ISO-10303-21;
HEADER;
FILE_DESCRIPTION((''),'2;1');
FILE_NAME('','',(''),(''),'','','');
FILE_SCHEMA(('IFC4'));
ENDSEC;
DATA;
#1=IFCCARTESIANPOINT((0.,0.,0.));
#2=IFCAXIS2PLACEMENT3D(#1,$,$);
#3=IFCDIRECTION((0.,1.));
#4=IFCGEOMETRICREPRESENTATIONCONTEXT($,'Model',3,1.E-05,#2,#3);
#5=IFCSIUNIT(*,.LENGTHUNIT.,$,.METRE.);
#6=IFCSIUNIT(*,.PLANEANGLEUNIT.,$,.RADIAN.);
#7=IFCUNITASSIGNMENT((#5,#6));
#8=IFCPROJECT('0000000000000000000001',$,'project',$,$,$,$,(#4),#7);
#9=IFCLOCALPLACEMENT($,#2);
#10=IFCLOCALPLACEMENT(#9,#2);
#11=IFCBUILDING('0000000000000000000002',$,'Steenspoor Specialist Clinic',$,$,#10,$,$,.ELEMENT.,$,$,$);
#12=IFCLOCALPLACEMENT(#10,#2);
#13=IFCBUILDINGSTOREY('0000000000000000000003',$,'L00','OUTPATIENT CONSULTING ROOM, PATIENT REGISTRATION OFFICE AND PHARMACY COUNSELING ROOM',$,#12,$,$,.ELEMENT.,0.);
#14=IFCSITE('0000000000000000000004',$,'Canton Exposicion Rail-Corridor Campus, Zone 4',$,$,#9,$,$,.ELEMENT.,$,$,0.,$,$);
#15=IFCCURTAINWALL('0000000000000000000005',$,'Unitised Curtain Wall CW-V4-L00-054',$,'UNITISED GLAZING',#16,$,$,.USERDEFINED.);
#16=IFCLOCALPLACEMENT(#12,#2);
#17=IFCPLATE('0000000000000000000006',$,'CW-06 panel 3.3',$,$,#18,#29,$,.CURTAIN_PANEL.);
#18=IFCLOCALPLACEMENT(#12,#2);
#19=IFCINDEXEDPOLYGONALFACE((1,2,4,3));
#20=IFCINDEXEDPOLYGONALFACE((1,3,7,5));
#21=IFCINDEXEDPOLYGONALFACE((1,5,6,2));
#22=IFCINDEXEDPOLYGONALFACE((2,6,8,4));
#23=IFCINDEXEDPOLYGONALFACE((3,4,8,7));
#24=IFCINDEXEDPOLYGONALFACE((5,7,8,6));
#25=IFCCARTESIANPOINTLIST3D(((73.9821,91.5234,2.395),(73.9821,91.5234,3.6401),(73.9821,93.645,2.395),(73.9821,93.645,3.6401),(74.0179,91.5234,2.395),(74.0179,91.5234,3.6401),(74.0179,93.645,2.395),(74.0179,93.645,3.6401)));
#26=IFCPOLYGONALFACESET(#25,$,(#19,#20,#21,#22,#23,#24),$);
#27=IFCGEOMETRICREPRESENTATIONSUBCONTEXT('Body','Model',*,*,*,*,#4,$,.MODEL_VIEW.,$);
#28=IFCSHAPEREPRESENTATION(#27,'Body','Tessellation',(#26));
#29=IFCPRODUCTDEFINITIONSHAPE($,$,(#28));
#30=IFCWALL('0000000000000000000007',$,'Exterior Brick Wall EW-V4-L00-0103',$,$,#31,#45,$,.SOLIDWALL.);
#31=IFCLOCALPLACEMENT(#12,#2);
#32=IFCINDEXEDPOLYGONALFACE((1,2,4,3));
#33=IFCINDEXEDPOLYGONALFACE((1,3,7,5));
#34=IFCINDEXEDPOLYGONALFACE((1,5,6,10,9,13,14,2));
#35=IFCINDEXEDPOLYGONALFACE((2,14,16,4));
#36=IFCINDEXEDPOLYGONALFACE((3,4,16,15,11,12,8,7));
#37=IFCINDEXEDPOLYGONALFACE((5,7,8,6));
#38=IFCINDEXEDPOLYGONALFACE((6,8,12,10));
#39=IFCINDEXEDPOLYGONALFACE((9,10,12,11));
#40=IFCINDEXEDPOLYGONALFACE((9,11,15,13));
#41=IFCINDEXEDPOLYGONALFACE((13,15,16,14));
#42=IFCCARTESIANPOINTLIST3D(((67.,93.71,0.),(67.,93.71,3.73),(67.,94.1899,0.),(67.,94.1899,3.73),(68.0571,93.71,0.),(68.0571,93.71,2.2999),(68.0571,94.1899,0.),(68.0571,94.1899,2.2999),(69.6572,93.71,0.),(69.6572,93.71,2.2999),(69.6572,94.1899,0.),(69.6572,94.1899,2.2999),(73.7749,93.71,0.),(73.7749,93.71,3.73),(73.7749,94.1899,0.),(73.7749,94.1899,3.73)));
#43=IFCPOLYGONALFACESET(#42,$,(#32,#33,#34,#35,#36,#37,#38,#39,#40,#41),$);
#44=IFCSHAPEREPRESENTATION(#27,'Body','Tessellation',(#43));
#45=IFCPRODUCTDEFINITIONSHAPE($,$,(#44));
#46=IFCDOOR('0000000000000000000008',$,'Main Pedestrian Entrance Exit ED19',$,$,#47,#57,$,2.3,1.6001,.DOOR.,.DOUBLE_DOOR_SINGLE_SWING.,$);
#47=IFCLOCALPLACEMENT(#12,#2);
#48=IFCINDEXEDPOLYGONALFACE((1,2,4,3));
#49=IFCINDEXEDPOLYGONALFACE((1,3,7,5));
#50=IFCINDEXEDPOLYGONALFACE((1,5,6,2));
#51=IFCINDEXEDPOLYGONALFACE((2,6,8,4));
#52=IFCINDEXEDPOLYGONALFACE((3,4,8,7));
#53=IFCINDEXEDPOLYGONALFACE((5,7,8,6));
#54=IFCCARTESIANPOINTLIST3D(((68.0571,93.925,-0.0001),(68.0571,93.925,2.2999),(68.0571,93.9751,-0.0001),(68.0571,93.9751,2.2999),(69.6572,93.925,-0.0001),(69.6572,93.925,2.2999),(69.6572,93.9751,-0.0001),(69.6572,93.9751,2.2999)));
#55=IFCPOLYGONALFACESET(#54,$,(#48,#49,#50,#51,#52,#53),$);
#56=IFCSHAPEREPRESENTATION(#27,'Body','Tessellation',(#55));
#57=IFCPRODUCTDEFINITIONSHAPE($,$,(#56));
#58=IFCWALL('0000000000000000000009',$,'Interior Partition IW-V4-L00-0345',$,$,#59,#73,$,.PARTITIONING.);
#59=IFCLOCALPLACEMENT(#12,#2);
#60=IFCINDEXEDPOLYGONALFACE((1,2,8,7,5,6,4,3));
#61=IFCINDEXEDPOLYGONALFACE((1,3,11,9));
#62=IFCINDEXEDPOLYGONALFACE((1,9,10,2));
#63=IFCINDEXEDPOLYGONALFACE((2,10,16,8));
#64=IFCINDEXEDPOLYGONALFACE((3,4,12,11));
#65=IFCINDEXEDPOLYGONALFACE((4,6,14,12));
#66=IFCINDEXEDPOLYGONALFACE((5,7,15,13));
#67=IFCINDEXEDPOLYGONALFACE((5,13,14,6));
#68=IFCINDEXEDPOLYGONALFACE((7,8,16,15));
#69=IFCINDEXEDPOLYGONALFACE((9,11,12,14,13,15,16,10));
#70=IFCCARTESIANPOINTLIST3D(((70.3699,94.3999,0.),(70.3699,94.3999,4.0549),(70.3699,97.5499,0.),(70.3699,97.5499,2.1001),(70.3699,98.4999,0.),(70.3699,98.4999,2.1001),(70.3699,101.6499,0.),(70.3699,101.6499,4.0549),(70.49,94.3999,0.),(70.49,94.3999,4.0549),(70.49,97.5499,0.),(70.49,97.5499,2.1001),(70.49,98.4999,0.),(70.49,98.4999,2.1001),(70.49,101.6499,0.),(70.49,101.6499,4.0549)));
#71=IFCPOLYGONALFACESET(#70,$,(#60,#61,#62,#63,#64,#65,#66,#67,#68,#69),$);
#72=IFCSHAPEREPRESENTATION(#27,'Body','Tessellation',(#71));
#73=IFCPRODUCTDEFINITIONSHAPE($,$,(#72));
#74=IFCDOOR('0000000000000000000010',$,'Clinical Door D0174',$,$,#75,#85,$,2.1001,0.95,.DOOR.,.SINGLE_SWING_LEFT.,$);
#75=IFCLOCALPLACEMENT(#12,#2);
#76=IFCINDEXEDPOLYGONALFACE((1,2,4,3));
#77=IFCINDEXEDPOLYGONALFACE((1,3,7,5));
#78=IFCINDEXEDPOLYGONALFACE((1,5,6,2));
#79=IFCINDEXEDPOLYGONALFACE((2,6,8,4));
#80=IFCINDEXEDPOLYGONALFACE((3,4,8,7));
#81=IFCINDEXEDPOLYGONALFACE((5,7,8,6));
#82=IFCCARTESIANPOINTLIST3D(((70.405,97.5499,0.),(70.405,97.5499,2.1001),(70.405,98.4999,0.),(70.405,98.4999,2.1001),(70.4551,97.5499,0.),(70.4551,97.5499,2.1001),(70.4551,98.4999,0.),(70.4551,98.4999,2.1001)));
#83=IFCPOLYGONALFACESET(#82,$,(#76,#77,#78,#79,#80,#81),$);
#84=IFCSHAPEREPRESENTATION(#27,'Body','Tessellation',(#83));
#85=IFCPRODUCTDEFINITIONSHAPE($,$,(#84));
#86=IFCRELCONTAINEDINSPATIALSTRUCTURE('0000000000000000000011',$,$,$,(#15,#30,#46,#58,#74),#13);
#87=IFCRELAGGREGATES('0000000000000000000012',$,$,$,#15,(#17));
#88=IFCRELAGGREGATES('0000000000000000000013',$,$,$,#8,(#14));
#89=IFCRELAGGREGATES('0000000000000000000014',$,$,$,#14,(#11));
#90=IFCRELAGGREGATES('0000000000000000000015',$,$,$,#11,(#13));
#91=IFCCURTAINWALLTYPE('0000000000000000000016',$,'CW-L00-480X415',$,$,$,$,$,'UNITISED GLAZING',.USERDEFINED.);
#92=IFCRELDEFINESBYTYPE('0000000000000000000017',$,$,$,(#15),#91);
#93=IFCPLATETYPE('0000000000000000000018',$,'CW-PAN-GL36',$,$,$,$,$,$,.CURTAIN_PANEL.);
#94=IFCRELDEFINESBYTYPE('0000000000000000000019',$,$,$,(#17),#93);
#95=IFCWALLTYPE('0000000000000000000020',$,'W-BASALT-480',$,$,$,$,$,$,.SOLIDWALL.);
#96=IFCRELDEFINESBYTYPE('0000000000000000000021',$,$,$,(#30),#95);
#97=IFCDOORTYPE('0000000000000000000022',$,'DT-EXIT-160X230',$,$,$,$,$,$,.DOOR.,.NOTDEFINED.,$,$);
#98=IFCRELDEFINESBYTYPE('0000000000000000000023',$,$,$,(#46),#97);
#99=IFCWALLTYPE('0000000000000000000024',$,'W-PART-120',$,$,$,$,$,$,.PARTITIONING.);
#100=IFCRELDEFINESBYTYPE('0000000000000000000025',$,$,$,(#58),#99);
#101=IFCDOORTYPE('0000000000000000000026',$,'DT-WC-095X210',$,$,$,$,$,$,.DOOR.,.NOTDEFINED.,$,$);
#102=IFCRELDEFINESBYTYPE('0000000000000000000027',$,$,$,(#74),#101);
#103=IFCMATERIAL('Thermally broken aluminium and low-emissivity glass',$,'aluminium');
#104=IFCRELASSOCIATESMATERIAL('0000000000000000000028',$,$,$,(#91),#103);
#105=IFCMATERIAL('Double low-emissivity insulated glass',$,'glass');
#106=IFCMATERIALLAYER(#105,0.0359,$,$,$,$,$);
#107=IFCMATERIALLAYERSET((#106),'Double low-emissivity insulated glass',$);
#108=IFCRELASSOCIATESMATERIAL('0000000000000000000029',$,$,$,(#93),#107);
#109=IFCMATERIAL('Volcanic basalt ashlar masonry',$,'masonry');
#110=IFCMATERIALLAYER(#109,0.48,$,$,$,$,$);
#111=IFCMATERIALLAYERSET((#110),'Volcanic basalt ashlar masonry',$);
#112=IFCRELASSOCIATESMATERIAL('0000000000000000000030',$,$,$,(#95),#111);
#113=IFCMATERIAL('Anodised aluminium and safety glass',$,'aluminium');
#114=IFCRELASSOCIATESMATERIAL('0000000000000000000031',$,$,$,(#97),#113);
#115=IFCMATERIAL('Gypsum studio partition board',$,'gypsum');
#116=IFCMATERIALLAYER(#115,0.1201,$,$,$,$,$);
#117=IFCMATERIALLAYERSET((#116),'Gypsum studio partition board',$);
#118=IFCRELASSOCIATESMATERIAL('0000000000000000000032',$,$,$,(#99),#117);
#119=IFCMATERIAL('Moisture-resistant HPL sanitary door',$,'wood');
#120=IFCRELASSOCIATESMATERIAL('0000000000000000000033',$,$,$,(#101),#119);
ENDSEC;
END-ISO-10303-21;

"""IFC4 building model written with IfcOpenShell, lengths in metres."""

from ifc_helpers import new_model, si_unit, direction, frame, frame_2d, origin, origin_2d, place, context, subcontext, project, spatial, rectangle, extrude, material, layer, layer_set, type_object, element, fill, aggregate, save


model = new_model("IFC4")

# Units and contexts
model_context = context("Model", 3, precision=1e-05, world=origin(), true_north=direction((0.0, 1.0)))
body_context = subcontext(model_context, "Body", "Model", "MODEL_VIEW")
ifc_project = project(units=[si_unit("LENGTHUNIT", "METRE"), si_unit("PLANEANGLEUNIT", "RADIAN")], contexts=[model_context])

# Site, building, storey
site_placement = place(None, origin())
site = spatial("IfcSite", under=ifc_project, at=site_placement, Name="Canton Exposicion Rail-Corridor Campus, Zone 4", CompositionType="ELEMENT", RefElevation=0.0)
building_placement = place(site_placement, origin())
building = spatial("IfcBuilding", under=site, at=building_placement, Name="Steenspoor Specialist Clinic", CompositionType="ELEMENT")
storey_placement = place(building_placement, origin())
storey = spatial("IfcBuildingStorey", under=building, at=storey_placement, Name="L00", Description="OUTPATIENT CONSULTING ROOM, PATIENT REGISTRATION OFFICE AND PHARMACY COUNSELING ROOM", CompositionType="ELEMENT", Elevation=0.0)

# Curtain wall, plate
ifc_material_1 = material(Name="Thermally broken aluminium and low-emissivity glass", Category="aluminium")
curtain_wall_type = type_object("IfcCurtainWallType", Name="CW-L00-480X415", ElementType="UNITISED GLAZING", PredefinedType="USERDEFINED", material=ifc_material_1)
curtain_wall_placement = place(storey_placement, origin())
curtain_wall = element("IfcCurtainWall", 1, at=curtain_wall_placement, inside=storey, type_object=curtain_wall_type, Name="Unitised Curtain Wall CW-V4-L00-054", ObjectType="UNITISED GLAZING", PredefinedType="USERDEFINED")
ifc_material_2 = material(Name="Double low-emissivity insulated glass", Category="glass")
ifc_layer_1 = layer(ifc_material_2, 0.0359)
ifc_layer_set_1 = layer_set([ifc_layer_1], Name="Double low-emissivity insulated glass")
plate_type = type_object("IfcPlateType", Name="CW-PAN-GL36", PredefinedType="CURTAIN_PANEL", material=ifc_layer_set_1)
plate_1_placement = place(storey_placement, frame((74.0, 92.5842, 2.395), z_axis=(0.0, 0.0, 1.0), x_axis=(0.0, 1.0, 0.0)))
plate_1 = element("IfcPlate", 2, at=plate_1_placement, type_object=plate_type, Name="CW-06 panel 3.3", PredefinedType="CURTAIN_PANEL", context=body_context, shape_type="SweptSolid", body=[
    extrude(rectangle(XDim=2.1216, YDim=0.0359, at=origin_2d()), origin(), (0.0, 0.0, 1.0), 1.2451),
])
aggregate(curtain_wall, [plate_1])

# Walls, openings, doors
ifc_material_3 = material(Name="Volcanic basalt ashlar masonry", Category="masonry")
ifc_layer_2 = layer(ifc_material_3, 0.48)
ifc_layer_set_2 = layer_set([ifc_layer_2], Name="Volcanic basalt ashlar masonry")
wall_type_1 = type_object("IfcWallType", Name="W-BASALT-480", PredefinedType="SOLIDWALL", material=ifc_layer_set_2)
wall_1_placement = place(storey_placement, frame((73.7749, 93.95, 0.0), z_axis=(0.0, 0.0, 1.0), x_axis=(-1.0, 0.0, 0.0)))
wall_1 = element("IfcWall", 3, at=wall_1_placement, inside=storey, type_object=wall_type_1, Name="Exterior Brick Wall EW-V4-L00-0103", PredefinedType="SOLIDWALL", context=body_context, shape_type="SweptSolid", body=[
    extrude(rectangle(XDim=6.7749, YDim=0.48, at=frame_2d((3.3875, 0.0))), origin(), (0.0, 0.0, 1.0), 3.73),
])
opening_1_placement = place(wall_1_placement, frame((4.1177, 0.0, 0.0)))
opening_1 = element("IfcOpeningElement", 4, at=opening_1_placement, cuts=wall_1, PredefinedType="OPENING", context=body_context, shape_type="SweptSolid", body=[
    extrude(rectangle(XDim=1.6001, YDim=2.3, at=frame_2d((0.8, 1.1499))), frame((0.0, 0.25, 0.0), z_axis=(0.0, -1.0, 0.0), x_axis=(1.0, 0.0, 0.0)), (0.0, 0.0, 1.0), 0.5),
])
ifc_material_4 = material(Name="Anodised aluminium and safety glass", Category="aluminium")
door_type_1 = type_object("IfcDoorType", Name="DT-EXIT-160X230", OperationType="NOTDEFINED", PredefinedType="DOOR", material=ifc_material_4)
door_1_placement = place(opening_1_placement, origin())
door_1 = element("IfcDoor", 5, at=door_1_placement, inside=storey, type_object=door_type_1, Name="Main Pedestrian Entrance Exit ED19", OperationType="DOUBLE_DOOR_SINGLE_SWING", OverallHeight=2.3, OverallWidth=1.6001, PredefinedType="DOOR", context=body_context, shape_type="SweptSolid", body=[
    extrude(rectangle(XDim=1.6001, YDim=2.3, at=frame_2d((0.8, 1.1499))), frame((0.0, 0.0249, 0.0), z_axis=(0.0, -1.0, 0.0), x_axis=(1.0, 0.0, 0.0)), (0.0, 0.0, 1.0), 0.05),
])
fill(opening_1, door_1)
ifc_material_5 = material(Name="Gypsum studio partition board", Category="gypsum")
ifc_layer_3 = layer(ifc_material_5, 0.1201)
ifc_layer_set_3 = layer_set([ifc_layer_3], Name="Gypsum studio partition board")
wall_type_2 = type_object("IfcWallType", Name="W-PART-120", PredefinedType="PARTITIONING", material=ifc_layer_set_3)
wall_2_placement = place(storey_placement, frame((70.4299, 94.3999, 0.0), z_axis=(0.0, 0.0, 1.0), x_axis=(0.0, 1.0, 0.0)))
wall_2 = element("IfcWall", 6, at=wall_2_placement, inside=storey, type_object=wall_type_2, Name="Interior Partition IW-V4-L00-0345", PredefinedType="PARTITIONING", context=body_context, shape_type="SweptSolid", body=[
    extrude(rectangle(XDim=7.25, YDim=0.1201, at=frame_2d((3.625, 0.0))), origin(), (0.0, 0.0, 1.0), 4.0549),
])
opening_2_placement = place(wall_2_placement, frame((3.1499, 0.0, 0.0)))
opening_2 = element("IfcOpeningElement", 7, at=opening_2_placement, cuts=wall_2, PredefinedType="OPENING", context=body_context, shape_type="SweptSolid", body=[
    extrude(rectangle(XDim=0.95, YDim=2.1001, at=frame_2d((0.4751, 1.05))), frame((0.0, 0.0701, 0.0), z_axis=(0.0, -1.0, 0.0), x_axis=(1.0, 0.0, 0.0)), (0.0, 0.0, 1.0), 0.1401),
])
ifc_material_6 = material(Name="Moisture-resistant HPL sanitary door", Category="wood")
door_type_2 = type_object("IfcDoorType", Name="DT-WC-095X210", OperationType="NOTDEFINED", PredefinedType="DOOR", material=ifc_material_6)
door_2_placement = place(opening_2_placement, origin())
door_2 = element("IfcDoor", 8, at=door_2_placement, inside=storey, type_object=door_type_2, Name="Clinical Door D0174", OperationType="SINGLE_SWING_LEFT", OverallHeight=2.1001, OverallWidth=0.95, PredefinedType="DOOR", context=body_context, shape_type="SweptSolid", body=[
    extrude(rectangle(XDim=0.95, YDim=2.1001, at=frame_2d((0.4751, 1.05))), frame((0.0, 0.0249, 0.0), z_axis=(0.0, -1.0, 0.0), x_axis=(1.0, 0.0, 0.0)), (0.0, 0.0, 1.0), 0.05),
])
fill(opening_2, door_2)

save(model, "model.ifc")
